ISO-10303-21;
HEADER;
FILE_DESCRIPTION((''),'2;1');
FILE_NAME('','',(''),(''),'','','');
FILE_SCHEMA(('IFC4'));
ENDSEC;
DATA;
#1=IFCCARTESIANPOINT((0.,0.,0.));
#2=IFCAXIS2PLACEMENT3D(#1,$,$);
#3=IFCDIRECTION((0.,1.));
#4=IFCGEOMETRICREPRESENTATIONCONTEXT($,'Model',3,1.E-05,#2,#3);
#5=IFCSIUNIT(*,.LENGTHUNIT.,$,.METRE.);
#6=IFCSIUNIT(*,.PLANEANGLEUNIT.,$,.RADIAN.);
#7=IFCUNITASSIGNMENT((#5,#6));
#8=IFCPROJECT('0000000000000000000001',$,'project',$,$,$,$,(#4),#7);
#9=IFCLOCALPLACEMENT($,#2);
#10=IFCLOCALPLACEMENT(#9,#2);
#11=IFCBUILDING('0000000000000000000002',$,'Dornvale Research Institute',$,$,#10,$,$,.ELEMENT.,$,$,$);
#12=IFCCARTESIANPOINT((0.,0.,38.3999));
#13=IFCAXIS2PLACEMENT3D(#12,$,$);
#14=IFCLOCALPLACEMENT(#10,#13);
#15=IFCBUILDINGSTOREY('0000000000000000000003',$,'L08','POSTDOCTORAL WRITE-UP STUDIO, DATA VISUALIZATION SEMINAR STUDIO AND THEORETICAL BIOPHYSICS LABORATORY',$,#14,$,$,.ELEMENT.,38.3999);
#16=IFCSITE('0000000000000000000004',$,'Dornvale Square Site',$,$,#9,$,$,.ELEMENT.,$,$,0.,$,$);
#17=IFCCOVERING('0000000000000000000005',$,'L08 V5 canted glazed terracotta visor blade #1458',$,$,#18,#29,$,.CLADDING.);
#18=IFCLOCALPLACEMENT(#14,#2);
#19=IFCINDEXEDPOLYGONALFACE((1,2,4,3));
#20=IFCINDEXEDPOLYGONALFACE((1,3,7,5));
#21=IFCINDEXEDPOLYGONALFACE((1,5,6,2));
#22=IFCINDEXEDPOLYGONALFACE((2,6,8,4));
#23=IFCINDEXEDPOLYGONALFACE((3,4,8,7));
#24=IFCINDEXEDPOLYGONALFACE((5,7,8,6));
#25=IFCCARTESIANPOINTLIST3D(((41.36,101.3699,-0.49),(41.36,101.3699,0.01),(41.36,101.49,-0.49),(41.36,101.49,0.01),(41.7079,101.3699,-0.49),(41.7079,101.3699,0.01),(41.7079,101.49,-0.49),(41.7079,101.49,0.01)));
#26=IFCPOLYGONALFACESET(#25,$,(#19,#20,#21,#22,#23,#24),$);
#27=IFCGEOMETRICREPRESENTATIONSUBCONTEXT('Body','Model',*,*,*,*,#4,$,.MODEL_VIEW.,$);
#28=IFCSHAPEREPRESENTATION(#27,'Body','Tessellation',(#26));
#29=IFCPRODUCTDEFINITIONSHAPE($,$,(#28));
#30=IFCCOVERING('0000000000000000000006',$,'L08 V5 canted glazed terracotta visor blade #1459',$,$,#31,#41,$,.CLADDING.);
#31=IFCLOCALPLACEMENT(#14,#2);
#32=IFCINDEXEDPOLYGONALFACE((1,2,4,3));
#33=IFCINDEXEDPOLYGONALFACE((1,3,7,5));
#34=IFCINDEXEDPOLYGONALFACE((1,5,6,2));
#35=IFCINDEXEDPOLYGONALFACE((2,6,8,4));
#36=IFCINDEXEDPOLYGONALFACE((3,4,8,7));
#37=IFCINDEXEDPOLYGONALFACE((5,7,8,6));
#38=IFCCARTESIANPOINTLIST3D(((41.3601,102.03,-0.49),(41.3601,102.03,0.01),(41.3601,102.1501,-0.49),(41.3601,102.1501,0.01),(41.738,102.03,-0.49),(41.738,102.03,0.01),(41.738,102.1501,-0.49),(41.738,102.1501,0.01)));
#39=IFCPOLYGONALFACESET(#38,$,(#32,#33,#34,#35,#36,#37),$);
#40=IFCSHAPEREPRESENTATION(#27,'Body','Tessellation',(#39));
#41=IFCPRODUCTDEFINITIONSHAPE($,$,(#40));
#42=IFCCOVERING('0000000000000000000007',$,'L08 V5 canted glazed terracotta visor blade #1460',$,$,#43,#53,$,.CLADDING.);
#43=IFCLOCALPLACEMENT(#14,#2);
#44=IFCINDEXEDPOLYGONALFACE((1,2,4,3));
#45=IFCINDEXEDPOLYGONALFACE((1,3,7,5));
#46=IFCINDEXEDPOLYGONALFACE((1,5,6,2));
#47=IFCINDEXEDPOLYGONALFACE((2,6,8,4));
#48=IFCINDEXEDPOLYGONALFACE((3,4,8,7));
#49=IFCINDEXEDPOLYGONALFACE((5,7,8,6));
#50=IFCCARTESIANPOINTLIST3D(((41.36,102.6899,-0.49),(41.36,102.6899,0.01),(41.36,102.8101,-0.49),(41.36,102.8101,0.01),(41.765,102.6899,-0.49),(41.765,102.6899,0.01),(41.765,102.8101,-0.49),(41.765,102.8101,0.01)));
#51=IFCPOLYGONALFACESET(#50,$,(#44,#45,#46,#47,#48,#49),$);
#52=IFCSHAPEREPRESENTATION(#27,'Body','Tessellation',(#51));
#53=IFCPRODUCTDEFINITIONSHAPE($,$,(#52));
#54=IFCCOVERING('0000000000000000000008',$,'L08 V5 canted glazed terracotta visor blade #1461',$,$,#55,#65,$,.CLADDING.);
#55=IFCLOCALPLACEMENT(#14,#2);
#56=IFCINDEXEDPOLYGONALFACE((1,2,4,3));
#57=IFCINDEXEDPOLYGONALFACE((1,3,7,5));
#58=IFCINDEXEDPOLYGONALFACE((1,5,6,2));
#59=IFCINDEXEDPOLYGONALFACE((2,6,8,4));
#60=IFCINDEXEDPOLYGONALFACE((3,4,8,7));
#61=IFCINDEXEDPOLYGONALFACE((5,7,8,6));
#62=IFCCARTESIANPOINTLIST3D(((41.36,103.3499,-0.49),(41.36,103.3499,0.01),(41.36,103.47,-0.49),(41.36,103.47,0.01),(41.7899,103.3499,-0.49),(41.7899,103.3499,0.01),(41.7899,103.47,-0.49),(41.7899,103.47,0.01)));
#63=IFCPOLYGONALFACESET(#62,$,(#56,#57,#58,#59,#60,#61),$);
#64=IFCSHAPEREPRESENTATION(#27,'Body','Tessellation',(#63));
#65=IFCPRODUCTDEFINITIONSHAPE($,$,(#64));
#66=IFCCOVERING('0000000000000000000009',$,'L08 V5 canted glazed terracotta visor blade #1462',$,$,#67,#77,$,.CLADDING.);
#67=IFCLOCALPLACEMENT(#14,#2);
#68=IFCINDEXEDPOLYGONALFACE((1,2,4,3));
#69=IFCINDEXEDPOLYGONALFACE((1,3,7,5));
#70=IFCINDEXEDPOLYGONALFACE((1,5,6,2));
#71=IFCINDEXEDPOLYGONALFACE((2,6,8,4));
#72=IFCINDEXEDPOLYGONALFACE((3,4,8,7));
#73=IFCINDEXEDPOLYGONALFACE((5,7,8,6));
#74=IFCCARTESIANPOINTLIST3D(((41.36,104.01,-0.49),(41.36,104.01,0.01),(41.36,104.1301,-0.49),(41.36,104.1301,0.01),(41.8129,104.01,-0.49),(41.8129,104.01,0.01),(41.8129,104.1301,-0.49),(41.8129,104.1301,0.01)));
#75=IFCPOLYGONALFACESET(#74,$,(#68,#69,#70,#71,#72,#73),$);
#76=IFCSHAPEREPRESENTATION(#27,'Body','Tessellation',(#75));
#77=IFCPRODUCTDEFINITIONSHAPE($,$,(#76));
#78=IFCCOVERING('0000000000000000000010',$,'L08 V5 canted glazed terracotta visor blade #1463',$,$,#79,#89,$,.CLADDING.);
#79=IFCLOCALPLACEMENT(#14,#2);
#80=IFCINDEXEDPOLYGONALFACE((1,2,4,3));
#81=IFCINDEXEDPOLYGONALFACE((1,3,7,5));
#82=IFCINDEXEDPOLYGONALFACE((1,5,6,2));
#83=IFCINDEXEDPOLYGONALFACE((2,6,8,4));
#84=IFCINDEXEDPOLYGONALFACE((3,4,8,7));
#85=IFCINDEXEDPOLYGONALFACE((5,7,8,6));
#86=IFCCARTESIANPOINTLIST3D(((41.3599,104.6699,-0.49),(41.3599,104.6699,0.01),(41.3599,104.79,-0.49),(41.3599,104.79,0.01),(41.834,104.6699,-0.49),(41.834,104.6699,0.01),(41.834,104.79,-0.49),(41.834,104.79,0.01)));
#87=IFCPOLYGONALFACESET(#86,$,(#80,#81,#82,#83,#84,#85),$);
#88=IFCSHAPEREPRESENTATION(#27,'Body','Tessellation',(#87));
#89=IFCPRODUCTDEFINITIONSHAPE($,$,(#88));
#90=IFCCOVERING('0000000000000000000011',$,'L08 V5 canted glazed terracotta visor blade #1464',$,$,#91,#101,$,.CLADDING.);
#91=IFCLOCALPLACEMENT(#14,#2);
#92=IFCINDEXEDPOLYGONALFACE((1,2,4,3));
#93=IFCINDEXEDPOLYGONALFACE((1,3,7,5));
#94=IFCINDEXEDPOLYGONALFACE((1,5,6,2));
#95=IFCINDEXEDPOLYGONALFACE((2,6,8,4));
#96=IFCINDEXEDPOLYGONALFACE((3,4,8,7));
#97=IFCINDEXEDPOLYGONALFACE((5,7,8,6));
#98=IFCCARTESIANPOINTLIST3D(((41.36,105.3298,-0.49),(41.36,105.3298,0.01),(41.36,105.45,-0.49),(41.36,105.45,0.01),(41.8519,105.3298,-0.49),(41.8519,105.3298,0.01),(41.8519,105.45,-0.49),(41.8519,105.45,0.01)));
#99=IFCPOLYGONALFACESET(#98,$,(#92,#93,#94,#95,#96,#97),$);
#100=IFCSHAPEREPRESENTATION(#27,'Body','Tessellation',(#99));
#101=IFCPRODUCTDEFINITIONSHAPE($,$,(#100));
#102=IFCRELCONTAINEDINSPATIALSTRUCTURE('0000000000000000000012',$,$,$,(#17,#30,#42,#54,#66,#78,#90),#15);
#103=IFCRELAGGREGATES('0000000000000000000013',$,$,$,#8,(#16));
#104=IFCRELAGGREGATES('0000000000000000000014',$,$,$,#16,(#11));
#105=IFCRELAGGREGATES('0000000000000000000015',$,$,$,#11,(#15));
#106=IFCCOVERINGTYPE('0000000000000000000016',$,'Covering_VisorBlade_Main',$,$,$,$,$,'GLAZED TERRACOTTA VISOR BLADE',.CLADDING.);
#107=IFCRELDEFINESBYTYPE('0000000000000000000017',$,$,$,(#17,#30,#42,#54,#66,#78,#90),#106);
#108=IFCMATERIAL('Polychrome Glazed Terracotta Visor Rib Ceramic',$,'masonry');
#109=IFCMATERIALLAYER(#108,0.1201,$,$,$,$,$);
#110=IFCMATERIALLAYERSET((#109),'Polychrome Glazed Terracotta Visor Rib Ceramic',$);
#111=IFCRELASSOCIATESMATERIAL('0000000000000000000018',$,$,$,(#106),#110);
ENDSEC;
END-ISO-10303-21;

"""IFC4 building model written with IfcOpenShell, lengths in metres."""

from ifc_helpers import new_model, si_unit, direction, frame, origin, origin_2d, place, context, subcontext, project, spatial, rectangle, extrude, material, layer, layer_set, type_object, element, save


model = new_model("IFC4")

# Units and contexts
model_context = context("Model", 3, precision=1e-05, world=origin(), true_north=direction((0.0, 1.0)))
body_context = subcontext(model_context, "Body", "Model", "MODEL_VIEW")
ifc_project = project(units=[si_unit("LENGTHUNIT", "METRE"), si_unit("PLANEANGLEUNIT", "RADIAN")], contexts=[model_context])

# Site, building, storey
site_placement = place(None, origin())
site = spatial("IfcSite", under=ifc_project, at=site_placement, Name="Dornvale Square Site", CompositionType="ELEMENT", RefElevation=0.0)
building_placement = place(site_placement, origin())
building = spatial("IfcBuilding", under=site, at=building_placement, Name="Dornvale Research Institute", CompositionType="ELEMENT")
storey_placement = place(building_placement, frame((0.0, 0.0, 38.3999)))
storey = spatial("IfcBuildingStorey", under=building, at=storey_placement, Name="L08", Description="POSTDOCTORAL WRITE-UP STUDIO, DATA VISUALIZATION SEMINAR STUDIO AND THEORETICAL BIOPHYSICS LABORATORY", CompositionType="ELEMENT", Elevation=38.3999)

# Coverings
ifc_material_1 = material(Name="Polychrome Glazed Terracotta Visor Rib Ceramic", Category="masonry")
ifc_layer_1 = layer(ifc_material_1, 0.1201)
ifc_layer_set_1 = layer_set([ifc_layer_1], Name="Polychrome Glazed Terracotta Visor Rib Ceramic")
covering_type = type_object("IfcCoveringType", Name="Covering_VisorBlade_Main", ElementType="GLAZED TERRACOTTA VISOR BLADE", PredefinedType="CLADDING", material=ifc_layer_set_1)
covering_1_placement = place(storey_placement, frame((41.5339, 101.4299, -0.49), z_axis=(0.0, 0.0, 1.0), x_axis=(1.0, 0.0, 0.0)))
element("IfcCovering", 1, at=covering_1_placement, inside=storey, type_object=covering_type, Name="L08 V5 canted glazed terracotta visor blade #1458", PredefinedType="CLADDING", context=body_context, shape_type="SweptSolid", body=[
    extrude(rectangle(XDim=0.3479, YDim=0.1201, at=origin_2d()), origin(), (0.0, 0.0, 1.0), 0.5),
])
covering_2_placement = place(storey_placement, frame((41.5491, 102.0901, -0.49), z_axis=(0.0, 0.0, 1.0), x_axis=(1.0, 0.0, 0.0)))
element("IfcCovering", 2, at=covering_2_placement, inside=storey, type_object=covering_type, Name="L08 V5 canted glazed terracotta visor blade #1459", PredefinedType="CLADDING", context=body_context, shape_type="SweptSolid", body=[
    extrude(rectangle(XDim=0.3779, YDim=0.1201, at=origin_2d()), origin(), (0.0, 0.0, 1.0), 0.5),
])
covering_3_placement = place(storey_placement, frame((41.5625, 102.75, -0.49), z_axis=(0.0, 0.0, 1.0), x_axis=(1.0, 0.0, 0.0)))
element("IfcCovering", 3, at=covering_3_placement, inside=storey, type_object=covering_type, Name="L08 V5 canted glazed terracotta visor blade #1460", PredefinedType="CLADDING", context=body_context, shape_type="SweptSolid", body=[
    extrude(rectangle(XDim=0.405, YDim=0.1201, at=origin_2d()), origin(), (0.0, 0.0, 1.0), 0.5),
])
covering_4_placement = place(storey_placement, frame((41.575, 103.4099, -0.49), z_axis=(0.0, 0.0, 1.0), x_axis=(1.0, 0.0, 0.0)))
element("IfcCovering", 4, at=covering_4_placement, inside=storey, type_object=covering_type, Name="L08 V5 canted glazed terracotta visor blade #1461", PredefinedType="CLADDING", context=body_context, shape_type="SweptSolid", body=[
    extrude(rectangle(XDim=0.4299, YDim=0.1201, at=origin_2d()), origin(), (0.0, 0.0, 1.0), 0.5),
])
covering_5_placement = place(storey_placement, frame((41.5864, 104.0701, -0.49), z_axis=(0.0, 0.0, 1.0), x_axis=(1.0, 0.0, 0.0)))
element("IfcCovering", 5, at=covering_5_placement, inside=storey, type_object=covering_type, Name="L08 V5 canted glazed terracotta visor blade #1462", PredefinedType="CLADDING", context=body_context, shape_type="SweptSolid", body=[
    extrude(rectangle(XDim=0.4529, YDim=0.1201, at=origin_2d()), origin(), (0.0, 0.0, 1.0), 0.5),
])
covering_6_placement = place(storey_placement, frame((41.5969, 104.73, -0.49), z_axis=(0.0, 0.0, 1.0), x_axis=(1.0, 0.0, 0.0)))
element("IfcCovering", 6, at=covering_6_placement, inside=storey, type_object=covering_type, Name="L08 V5 canted glazed terracotta visor blade #1463", PredefinedType="CLADDING", context=body_context, shape_type="SweptSolid", body=[
    extrude(rectangle(XDim=0.4741, YDim=0.1201, at=origin_2d()), origin(), (0.0, 0.0, 1.0), 0.5),
])
covering_7_placement = place(storey_placement, frame((41.606, 105.3899, -0.49), z_axis=(0.0, 0.0, 1.0), x_axis=(1.0, 0.0, 0.0)))
element("IfcCovering", 7, at=covering_7_placement, inside=storey, type_object=covering_type, Name="L08 V5 canted glazed terracotta visor blade #1464", PredefinedType="CLADDING", context=body_context, shape_type="SweptSolid", body=[
    extrude(rectangle(XDim=0.4919, YDim=0.1201, at=origin_2d()), origin(), (0.0, 0.0, 1.0), 0.5),
])

save(model, "model.ifc")
